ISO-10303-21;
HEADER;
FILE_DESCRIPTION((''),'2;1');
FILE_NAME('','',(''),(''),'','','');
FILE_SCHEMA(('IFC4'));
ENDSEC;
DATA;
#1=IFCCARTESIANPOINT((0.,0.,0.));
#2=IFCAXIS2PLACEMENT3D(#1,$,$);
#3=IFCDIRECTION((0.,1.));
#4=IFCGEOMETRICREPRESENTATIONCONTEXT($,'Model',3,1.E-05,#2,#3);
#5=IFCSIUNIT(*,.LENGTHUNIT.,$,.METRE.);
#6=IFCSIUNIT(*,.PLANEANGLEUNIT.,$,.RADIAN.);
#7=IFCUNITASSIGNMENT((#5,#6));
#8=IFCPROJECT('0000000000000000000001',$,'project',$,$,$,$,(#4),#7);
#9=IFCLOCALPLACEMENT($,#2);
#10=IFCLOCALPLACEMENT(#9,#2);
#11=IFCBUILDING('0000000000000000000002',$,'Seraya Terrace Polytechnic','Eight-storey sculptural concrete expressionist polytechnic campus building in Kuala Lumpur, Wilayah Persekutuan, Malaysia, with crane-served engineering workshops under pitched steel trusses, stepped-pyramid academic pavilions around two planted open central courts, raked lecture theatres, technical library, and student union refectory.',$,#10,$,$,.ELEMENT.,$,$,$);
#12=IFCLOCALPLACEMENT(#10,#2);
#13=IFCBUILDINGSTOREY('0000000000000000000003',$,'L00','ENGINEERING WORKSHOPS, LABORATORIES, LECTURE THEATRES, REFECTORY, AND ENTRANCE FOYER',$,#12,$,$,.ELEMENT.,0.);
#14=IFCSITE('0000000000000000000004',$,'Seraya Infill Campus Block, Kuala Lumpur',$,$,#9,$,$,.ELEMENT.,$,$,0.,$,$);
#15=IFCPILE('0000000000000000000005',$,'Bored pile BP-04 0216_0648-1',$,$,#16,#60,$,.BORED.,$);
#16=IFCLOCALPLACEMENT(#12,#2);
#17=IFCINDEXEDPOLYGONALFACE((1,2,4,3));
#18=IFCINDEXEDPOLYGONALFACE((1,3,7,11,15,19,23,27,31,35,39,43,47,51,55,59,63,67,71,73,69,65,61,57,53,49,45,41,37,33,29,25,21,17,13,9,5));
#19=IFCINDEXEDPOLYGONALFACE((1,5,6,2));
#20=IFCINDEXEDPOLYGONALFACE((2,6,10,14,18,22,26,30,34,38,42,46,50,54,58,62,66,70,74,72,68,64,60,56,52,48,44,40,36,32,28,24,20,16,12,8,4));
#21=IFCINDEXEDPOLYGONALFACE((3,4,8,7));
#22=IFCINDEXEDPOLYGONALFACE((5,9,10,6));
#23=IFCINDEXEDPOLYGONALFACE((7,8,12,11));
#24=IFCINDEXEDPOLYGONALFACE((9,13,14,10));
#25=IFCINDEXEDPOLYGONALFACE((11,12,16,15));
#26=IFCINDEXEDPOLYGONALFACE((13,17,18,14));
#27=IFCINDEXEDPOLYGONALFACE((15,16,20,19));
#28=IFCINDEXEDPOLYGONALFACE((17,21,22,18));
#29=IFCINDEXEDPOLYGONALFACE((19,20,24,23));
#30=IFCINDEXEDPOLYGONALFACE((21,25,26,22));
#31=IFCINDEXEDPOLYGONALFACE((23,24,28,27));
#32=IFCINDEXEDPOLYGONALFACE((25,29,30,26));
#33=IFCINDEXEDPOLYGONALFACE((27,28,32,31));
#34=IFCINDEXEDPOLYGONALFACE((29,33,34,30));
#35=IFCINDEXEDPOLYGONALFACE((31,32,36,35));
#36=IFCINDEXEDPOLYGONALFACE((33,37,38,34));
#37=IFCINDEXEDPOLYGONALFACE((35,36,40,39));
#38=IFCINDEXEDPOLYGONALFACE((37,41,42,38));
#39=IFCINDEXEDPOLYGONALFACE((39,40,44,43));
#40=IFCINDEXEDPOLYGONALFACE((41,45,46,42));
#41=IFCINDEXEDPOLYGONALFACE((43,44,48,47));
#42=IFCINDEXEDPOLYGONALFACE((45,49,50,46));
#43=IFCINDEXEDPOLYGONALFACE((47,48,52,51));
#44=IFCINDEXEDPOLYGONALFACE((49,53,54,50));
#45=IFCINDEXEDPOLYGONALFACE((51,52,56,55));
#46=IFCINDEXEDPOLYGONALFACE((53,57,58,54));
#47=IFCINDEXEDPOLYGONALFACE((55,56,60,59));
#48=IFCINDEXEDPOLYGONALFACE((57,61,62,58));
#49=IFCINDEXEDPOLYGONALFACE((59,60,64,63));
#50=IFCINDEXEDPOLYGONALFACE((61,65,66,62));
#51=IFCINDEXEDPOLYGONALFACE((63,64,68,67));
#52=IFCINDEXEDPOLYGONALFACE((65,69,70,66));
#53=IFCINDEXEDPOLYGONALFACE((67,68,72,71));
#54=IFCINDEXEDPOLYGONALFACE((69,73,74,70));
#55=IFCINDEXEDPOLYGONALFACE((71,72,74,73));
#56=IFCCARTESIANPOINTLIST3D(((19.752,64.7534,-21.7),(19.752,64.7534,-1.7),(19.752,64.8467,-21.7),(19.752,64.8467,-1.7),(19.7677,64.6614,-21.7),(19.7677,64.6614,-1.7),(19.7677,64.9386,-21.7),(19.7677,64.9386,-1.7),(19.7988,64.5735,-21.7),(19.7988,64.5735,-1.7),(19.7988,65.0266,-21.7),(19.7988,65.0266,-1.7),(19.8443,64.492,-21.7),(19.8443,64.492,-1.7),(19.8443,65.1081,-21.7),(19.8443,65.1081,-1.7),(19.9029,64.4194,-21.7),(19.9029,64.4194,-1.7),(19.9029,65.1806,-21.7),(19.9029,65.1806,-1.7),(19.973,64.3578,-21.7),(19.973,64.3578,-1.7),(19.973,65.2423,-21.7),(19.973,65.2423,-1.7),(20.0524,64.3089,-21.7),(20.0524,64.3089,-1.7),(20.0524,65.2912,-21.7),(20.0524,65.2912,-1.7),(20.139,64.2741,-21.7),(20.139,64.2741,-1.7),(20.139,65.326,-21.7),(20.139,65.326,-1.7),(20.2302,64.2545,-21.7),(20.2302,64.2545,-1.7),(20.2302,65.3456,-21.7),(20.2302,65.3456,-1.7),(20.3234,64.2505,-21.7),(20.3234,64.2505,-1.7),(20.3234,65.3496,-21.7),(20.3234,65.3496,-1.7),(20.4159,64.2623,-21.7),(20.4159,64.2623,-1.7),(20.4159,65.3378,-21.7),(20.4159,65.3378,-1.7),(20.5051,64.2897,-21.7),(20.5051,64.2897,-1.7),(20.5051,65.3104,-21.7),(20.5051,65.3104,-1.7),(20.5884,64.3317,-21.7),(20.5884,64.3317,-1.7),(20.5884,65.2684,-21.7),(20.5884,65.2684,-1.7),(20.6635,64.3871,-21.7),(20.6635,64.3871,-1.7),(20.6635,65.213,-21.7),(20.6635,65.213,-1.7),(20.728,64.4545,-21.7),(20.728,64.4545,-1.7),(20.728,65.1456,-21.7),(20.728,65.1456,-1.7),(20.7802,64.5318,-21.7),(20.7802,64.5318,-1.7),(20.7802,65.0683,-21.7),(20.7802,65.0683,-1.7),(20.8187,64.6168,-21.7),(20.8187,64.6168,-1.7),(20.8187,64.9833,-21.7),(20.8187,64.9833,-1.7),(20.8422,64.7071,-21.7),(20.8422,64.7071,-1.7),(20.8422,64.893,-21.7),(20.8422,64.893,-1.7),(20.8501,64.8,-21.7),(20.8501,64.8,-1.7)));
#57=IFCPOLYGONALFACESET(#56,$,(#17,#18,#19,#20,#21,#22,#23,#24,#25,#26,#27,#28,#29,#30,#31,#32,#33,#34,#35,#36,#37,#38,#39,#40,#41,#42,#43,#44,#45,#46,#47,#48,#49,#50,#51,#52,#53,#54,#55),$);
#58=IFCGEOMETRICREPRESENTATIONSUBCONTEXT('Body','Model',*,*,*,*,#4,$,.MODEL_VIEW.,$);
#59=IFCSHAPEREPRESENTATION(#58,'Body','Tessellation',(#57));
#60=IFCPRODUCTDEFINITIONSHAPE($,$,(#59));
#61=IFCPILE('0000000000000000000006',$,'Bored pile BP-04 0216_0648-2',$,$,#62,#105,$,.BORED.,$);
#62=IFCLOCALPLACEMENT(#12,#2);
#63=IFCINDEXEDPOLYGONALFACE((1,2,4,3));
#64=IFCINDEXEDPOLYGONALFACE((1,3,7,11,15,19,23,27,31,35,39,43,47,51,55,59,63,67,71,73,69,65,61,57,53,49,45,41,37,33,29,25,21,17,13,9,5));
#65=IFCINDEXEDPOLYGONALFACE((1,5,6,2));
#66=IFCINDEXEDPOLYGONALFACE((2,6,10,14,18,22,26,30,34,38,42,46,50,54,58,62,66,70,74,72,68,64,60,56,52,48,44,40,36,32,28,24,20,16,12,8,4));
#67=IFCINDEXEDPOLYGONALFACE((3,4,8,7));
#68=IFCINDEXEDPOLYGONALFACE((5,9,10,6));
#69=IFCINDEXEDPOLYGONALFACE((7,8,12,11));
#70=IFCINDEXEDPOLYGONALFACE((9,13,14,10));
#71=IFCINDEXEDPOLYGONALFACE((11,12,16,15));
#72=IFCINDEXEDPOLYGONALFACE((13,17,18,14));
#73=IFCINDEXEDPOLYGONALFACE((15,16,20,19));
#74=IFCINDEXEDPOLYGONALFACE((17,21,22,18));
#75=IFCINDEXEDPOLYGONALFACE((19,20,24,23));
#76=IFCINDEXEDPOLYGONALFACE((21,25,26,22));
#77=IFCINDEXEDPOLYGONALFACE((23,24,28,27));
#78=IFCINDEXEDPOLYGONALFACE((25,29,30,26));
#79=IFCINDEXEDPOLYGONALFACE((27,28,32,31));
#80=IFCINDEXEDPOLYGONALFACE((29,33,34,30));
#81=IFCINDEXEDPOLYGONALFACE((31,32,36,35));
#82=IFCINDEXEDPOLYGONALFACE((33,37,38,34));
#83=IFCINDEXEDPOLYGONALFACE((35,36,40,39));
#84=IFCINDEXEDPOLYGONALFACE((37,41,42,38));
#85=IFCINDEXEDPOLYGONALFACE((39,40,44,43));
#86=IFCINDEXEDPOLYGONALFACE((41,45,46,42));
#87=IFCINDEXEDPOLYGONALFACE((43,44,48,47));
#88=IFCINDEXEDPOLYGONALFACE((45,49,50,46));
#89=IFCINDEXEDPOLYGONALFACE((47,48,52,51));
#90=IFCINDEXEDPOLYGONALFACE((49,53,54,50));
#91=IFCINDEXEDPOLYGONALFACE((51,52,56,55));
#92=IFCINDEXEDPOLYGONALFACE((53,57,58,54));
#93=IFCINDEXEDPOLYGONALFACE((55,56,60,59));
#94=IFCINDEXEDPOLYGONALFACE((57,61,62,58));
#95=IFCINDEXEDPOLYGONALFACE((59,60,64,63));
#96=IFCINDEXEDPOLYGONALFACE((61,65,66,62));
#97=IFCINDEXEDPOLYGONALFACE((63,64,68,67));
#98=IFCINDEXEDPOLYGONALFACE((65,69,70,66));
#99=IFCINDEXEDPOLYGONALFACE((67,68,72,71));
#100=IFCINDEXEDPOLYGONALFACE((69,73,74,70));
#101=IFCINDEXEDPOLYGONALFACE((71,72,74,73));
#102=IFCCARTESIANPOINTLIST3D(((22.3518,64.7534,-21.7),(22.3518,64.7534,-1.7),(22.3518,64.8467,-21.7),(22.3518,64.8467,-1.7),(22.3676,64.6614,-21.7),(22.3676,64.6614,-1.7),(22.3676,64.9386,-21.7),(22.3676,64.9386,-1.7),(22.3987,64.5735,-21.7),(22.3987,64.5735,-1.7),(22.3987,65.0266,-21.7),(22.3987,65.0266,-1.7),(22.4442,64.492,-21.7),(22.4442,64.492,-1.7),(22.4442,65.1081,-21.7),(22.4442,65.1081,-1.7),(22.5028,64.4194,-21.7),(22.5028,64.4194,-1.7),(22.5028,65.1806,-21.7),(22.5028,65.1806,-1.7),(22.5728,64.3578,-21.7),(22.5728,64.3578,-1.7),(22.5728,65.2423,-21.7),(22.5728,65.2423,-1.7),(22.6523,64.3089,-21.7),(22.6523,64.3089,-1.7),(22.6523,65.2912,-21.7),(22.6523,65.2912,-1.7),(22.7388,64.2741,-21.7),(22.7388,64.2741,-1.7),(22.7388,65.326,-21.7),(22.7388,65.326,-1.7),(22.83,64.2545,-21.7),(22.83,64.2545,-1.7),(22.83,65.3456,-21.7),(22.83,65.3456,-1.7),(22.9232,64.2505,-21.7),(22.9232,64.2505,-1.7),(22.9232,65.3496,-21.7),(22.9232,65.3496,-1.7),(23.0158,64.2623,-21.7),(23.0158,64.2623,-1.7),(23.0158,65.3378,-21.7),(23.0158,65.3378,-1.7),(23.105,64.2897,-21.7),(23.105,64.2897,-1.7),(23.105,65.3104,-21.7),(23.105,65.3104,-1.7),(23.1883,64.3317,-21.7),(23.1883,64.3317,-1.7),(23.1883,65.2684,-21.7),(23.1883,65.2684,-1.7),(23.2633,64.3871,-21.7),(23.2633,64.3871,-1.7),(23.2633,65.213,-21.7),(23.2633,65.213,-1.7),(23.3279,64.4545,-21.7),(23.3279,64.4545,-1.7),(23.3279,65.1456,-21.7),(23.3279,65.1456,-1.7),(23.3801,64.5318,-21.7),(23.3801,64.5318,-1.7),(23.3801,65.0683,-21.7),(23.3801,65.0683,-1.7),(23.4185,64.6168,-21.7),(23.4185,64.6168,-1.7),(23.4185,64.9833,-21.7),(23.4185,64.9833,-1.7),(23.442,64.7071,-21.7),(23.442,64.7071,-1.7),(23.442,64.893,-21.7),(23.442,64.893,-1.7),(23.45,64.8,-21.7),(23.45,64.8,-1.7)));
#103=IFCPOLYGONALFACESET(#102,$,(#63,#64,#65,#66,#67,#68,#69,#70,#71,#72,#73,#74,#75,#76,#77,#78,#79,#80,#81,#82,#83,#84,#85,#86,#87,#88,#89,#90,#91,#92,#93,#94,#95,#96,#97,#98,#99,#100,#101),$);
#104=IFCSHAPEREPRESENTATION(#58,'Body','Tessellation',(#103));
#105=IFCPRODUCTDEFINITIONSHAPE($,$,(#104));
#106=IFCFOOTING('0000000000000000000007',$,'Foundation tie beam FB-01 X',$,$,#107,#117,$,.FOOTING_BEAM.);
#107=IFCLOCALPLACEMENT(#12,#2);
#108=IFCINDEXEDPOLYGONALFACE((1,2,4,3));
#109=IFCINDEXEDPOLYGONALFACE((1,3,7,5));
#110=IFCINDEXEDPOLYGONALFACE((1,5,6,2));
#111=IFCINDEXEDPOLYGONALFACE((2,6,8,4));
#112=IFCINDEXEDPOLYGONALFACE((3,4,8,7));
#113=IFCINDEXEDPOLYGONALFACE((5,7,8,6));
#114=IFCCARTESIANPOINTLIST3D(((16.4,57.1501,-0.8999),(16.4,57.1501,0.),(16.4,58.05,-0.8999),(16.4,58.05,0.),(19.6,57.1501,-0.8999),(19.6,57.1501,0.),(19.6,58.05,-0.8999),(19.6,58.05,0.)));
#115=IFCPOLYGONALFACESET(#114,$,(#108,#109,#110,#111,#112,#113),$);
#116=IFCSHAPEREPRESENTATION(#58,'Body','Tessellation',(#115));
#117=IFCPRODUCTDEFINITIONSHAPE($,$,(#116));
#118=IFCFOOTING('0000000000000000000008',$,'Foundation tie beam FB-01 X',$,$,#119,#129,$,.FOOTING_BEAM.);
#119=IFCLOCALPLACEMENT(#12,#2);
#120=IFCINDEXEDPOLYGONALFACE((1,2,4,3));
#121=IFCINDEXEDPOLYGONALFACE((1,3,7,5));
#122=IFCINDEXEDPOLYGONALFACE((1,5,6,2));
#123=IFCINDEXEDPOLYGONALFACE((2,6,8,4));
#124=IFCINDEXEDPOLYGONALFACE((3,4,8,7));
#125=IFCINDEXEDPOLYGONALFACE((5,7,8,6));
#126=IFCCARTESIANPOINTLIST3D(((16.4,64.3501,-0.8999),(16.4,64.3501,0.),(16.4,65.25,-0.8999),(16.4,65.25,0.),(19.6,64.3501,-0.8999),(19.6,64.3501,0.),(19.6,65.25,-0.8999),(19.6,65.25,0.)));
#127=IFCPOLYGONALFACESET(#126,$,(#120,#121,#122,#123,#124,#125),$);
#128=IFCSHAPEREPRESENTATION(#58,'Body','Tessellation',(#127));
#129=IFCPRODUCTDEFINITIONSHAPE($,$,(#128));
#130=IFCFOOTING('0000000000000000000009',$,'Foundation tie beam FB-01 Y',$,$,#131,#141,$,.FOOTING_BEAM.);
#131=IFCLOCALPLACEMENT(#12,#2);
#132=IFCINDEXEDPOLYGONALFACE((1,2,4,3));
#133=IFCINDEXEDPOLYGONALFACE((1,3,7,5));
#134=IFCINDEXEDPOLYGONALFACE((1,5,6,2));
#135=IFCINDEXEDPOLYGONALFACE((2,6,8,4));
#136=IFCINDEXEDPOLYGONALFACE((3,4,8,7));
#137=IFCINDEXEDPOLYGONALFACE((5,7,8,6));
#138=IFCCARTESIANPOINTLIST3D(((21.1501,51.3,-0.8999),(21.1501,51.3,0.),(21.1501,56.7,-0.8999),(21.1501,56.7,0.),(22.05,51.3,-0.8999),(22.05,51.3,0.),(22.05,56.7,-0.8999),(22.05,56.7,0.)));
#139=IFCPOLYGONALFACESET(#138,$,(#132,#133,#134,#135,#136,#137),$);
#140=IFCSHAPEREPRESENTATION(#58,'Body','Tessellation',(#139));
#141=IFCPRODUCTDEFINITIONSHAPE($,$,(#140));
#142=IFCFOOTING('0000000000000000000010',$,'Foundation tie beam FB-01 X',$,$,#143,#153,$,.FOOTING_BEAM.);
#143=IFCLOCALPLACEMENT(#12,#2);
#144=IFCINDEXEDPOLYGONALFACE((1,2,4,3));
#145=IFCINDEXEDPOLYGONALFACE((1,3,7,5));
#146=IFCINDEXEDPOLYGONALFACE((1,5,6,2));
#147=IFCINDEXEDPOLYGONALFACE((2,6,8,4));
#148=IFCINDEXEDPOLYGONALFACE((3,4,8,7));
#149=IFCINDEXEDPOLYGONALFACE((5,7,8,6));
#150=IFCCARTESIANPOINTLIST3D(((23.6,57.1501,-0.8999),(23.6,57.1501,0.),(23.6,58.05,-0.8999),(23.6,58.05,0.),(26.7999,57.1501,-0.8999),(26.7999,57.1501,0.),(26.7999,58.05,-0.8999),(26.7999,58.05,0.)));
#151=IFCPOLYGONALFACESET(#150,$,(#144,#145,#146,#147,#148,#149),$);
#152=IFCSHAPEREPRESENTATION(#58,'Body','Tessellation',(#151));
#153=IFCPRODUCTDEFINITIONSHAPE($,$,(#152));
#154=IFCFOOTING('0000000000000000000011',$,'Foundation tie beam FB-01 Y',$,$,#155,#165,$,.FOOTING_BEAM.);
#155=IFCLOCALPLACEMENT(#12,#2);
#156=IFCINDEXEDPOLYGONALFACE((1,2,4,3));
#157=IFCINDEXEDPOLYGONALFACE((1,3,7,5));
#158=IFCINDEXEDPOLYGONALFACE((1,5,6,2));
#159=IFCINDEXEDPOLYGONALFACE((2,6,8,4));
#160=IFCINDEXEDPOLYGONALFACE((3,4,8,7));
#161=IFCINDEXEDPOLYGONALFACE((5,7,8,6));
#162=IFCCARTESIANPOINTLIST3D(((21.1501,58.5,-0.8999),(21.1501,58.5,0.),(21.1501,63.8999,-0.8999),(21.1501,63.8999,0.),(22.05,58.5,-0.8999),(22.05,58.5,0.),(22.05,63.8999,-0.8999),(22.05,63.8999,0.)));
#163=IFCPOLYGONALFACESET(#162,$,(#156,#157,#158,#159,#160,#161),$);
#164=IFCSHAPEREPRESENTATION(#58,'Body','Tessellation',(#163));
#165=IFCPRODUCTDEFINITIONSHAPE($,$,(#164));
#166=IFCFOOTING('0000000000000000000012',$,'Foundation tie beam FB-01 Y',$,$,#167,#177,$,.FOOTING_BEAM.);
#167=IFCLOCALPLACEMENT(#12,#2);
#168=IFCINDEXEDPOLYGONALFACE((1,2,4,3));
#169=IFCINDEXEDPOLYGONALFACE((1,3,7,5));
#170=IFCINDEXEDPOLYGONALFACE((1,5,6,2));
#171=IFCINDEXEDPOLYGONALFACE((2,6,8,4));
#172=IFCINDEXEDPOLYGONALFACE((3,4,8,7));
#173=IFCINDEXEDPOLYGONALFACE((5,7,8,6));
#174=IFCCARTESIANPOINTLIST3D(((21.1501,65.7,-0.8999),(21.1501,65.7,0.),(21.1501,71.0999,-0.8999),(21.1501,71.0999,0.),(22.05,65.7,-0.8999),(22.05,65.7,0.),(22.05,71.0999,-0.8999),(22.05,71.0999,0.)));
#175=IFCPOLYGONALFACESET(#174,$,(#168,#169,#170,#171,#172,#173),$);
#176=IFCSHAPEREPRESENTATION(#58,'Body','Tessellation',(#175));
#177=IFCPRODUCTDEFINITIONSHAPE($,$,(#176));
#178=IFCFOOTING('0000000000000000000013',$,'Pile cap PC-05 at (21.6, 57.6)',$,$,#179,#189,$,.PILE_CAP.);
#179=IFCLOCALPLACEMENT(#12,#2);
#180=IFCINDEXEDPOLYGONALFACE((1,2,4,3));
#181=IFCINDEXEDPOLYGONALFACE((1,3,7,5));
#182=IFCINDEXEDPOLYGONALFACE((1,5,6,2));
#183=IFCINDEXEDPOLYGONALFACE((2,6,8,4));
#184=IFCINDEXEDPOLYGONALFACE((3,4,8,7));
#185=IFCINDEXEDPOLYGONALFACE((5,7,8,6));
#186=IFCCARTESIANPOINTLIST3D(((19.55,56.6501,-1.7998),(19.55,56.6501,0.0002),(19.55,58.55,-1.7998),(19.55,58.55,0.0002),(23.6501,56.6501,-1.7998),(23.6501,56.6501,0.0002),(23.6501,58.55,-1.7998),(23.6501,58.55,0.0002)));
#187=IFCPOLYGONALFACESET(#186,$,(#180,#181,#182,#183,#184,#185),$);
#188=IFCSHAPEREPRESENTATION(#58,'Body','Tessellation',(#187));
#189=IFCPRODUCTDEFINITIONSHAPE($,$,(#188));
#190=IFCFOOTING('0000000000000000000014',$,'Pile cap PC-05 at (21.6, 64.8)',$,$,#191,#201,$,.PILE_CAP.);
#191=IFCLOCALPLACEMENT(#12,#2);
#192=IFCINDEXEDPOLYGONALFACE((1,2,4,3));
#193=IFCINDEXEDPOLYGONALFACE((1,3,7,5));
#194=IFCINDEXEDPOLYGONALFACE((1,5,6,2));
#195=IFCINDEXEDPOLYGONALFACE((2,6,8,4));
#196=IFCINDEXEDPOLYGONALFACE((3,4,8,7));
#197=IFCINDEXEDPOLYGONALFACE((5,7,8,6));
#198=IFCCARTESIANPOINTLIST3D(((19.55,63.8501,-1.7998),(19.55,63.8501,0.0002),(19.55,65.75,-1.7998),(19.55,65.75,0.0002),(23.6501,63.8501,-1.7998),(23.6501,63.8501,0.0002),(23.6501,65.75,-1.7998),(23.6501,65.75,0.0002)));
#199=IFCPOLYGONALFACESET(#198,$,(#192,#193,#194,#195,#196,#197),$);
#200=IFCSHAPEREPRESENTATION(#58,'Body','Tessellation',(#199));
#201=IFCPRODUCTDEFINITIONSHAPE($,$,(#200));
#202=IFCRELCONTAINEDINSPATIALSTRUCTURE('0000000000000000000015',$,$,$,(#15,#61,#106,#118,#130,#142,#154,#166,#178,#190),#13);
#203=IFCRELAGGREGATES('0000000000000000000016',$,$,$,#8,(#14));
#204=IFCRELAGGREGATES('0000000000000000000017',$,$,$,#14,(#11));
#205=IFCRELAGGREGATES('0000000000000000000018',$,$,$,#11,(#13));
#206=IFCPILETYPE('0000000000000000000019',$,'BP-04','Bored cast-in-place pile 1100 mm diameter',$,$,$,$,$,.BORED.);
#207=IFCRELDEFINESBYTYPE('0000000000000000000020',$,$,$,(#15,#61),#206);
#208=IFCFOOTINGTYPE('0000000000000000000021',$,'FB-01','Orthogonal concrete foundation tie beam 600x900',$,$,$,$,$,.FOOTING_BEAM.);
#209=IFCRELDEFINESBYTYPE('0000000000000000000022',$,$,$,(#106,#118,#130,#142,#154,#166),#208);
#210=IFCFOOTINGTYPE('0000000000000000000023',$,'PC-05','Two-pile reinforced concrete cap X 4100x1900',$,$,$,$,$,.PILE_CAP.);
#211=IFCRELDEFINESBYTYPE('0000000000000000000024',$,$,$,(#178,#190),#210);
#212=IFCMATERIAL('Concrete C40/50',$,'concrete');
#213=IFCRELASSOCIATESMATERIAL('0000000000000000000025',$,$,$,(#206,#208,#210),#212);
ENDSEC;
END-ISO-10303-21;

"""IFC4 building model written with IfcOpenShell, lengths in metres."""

from ifc_helpers import new_model, si_unit, direction, frame, origin, origin_2d, place, context, subcontext, project, spatial, rectangle, circle, extrude, material, material_profile, profile_set, type_object, element, save


model = new_model("IFC4")

# Units and contexts
model_context = context("Model", 3, precision=1e-05, world=origin(), true_north=direction((0.0, 1.0)))
body_context = subcontext(model_context, "Body", "Model", "MODEL_VIEW")
ifc_project = project(units=[si_unit("LENGTHUNIT", "METRE"), si_unit("PLANEANGLEUNIT", "RADIAN")], contexts=[model_context])

# Site, building, storey
site_placement = place(None, origin())
site = spatial("IfcSite", under=ifc_project, at=site_placement, Name="Seraya Infill Campus Block, Kuala Lumpur", CompositionType="ELEMENT", RefElevation=0.0)
building_placement = place(site_placement, origin())
building = spatial("IfcBuilding", under=site, at=building_placement, Name="Seraya Terrace Polytechnic", Description="Eight-storey sculptural concrete expressionist polytechnic campus building in Kuala Lumpur, Wilayah Persekutuan, Malaysia, with crane-served engineering workshops under pitched steel trusses, stepped-pyramid academic pavilions around two planted open central courts, raked lecture theatres, technical library, and student union refectory.", CompositionType="ELEMENT")
storey_placement = place(building_placement, origin())
storey = spatial("IfcBuildingStorey", under=building, at=storey_placement, Name="L00", Description="ENGINEERING WORKSHOPS, LABORATORIES, LECTURE THEATRES, REFECTORY, AND ENTRANCE FOYER", CompositionType="ELEMENT", Elevation=0.0)

# Piles
ifc_material_1 = material(Name="Concrete C40/50", Category="concrete")
ifc_material_profile_1 = material_profile(ifc_material_1, circle(Radius=0.55, at=origin_2d()), Name="DIA 1100")
ifc_profile_set_1 = profile_set([ifc_material_profile_1], Name="Concrete C40/50")
pile_type = type_object("IfcPileType", Name="BP-04", Description="Bored cast-in-place pile 1100 mm diameter", PredefinedType="BORED", material=ifc_profile_set_1)
for number, where, z_axis, x_axis, name in (
    (1, (20.3, 64.8, -1.7), (0.0, 0.0, -1.0), (1.0, 0.0, 0.0), "Bored pile BP-04 0216_0648-1"),
    (2, (22.8999, 64.8, -1.7), (0.0, 0.0, -1.0), (1.0, 0.0, 0.0), "Bored pile BP-04 0216_0648-2"),
):
    element("IfcPile", number, at=place(storey_placement, frame(where, z_axis=z_axis, x_axis=x_axis)), inside=storey, type_object=pile_type, Name=name, PredefinedType="BORED", context=body_context, shape_type="SweptSolid", body=[
        extrude(circle(Radius=0.55, at=origin_2d()), origin(), (0.0, 0.0, 1.0), 20.0),
    ])

# Footings
footing_type_1 = type_object("IfcFootingType", Name="FB-01", Description="Orthogonal concrete foundation tie beam 600x900", PredefinedType="FOOTING_BEAM", material=ifc_material_1)
for number, where, z_axis, x_axis, name in (
    (3, (18.0, 57.6001, -0.8999), (0.0, 0.0, 1.0), (1.0, 0.0, 0.0), "Foundation tie beam FB-01 X"),
    (4, (18.0, 64.8, -0.8999), (0.0, 0.0, 1.0), (1.0, 0.0, 0.0), "Foundation tie beam FB-01 X"),
):
    element("IfcFooting", number, at=place(storey_placement, frame(where, z_axis=z_axis, x_axis=x_axis)), inside=storey, type_object=footing_type_1, Name=name, PredefinedType="FOOTING_BEAM", context=body_context, shape_type="SweptSolid", body=[
        extrude(rectangle(XDim=3.2, YDim=0.8999, at=origin_2d()), origin(), (0.0, 0.0, 1.0), 0.8999),
    ])
footing_1_placement = place(storey_placement, frame((21.6001, 54.0, -0.8999), z_axis=(0.0, 0.0, 1.0), x_axis=(0.0, 1.0, 0.0)))
element("IfcFooting", 5, at=footing_1_placement, inside=storey, type_object=footing_type_1, Name="Foundation tie beam FB-01 Y", PredefinedType="FOOTING_BEAM", context=body_context, shape_type="SweptSolid", body=[
    extrude(rectangle(XDim=5.3999, YDim=0.8999, at=origin_2d()), origin(), (0.0, 0.0, 1.0), 0.8999),
])
footing_2_placement = place(storey_placement, frame((25.2, 57.6001, -0.8999), z_axis=(0.0, 0.0, 1.0), x_axis=(1.0, 0.0, 0.0)))
element("IfcFooting", 6, at=footing_2_placement, inside=storey, type_object=footing_type_1, Name="Foundation tie beam FB-01 X", PredefinedType="FOOTING_BEAM", context=body_context, shape_type="SweptSolid", body=[
    extrude(rectangle(XDim=3.2, YDim=0.8999, at=origin_2d()), origin(), (0.0, 0.0, 1.0), 0.8999),
])
for number, where, z_axis, x_axis, name in (
    (7, (21.6001, 61.2, -0.8999), (0.0, 0.0, 1.0), (0.0, 1.0, 0.0), "Foundation tie beam FB-01 Y"),
    (8, (21.6001, 68.3999, -0.8999), (0.0, 0.0, 1.0), (0.0, 1.0, 0.0), "Foundation tie beam FB-01 Y"),
):
    element("IfcFooting", number, at=place(storey_placement, frame(where, z_axis=z_axis, x_axis=x_axis)), inside=storey, type_object=footing_type_1, Name=name, PredefinedType="FOOTING_BEAM", context=body_context, shape_type="SweptSolid", body=[
        extrude(rectangle(XDim=5.3999, YDim=0.8999, at=origin_2d()), origin(), (0.0, 0.0, 1.0), 0.8999),
    ])
footing_type_2 = type_object("IfcFootingType", Name="PC-05", Description="Two-pile reinforced concrete cap X 4100x1900", PredefinedType="PILE_CAP", material=ifc_material_1)
for number, where, z_axis, x_axis, name in (
    (9, (21.6001, 57.6001, -1.7998), (0.0, 0.0, 1.0), (1.0, 0.0, 0.0), "Pile cap PC-05 at (21.6, 57.6)"),
    (10, (21.6001, 64.8, -1.7998), (0.0, 0.0, 1.0), (1.0, 0.0, 0.0), "Pile cap PC-05 at (21.6, 64.8)"),
):
    element("IfcFooting", number, at=place(storey_placement, frame(where, z_axis=z_axis, x_axis=x_axis)), inside=storey, type_object=footing_type_2, Name=name, PredefinedType="PILE_CAP", context=body_context, shape_type="SweptSolid", body=[
        extrude(rectangle(XDim=4.1001, YDim=1.8999, at=origin_2d()), origin(), (0.0, 0.0, 1.0), 1.8),
    ])

save(model, "model.ifc")
